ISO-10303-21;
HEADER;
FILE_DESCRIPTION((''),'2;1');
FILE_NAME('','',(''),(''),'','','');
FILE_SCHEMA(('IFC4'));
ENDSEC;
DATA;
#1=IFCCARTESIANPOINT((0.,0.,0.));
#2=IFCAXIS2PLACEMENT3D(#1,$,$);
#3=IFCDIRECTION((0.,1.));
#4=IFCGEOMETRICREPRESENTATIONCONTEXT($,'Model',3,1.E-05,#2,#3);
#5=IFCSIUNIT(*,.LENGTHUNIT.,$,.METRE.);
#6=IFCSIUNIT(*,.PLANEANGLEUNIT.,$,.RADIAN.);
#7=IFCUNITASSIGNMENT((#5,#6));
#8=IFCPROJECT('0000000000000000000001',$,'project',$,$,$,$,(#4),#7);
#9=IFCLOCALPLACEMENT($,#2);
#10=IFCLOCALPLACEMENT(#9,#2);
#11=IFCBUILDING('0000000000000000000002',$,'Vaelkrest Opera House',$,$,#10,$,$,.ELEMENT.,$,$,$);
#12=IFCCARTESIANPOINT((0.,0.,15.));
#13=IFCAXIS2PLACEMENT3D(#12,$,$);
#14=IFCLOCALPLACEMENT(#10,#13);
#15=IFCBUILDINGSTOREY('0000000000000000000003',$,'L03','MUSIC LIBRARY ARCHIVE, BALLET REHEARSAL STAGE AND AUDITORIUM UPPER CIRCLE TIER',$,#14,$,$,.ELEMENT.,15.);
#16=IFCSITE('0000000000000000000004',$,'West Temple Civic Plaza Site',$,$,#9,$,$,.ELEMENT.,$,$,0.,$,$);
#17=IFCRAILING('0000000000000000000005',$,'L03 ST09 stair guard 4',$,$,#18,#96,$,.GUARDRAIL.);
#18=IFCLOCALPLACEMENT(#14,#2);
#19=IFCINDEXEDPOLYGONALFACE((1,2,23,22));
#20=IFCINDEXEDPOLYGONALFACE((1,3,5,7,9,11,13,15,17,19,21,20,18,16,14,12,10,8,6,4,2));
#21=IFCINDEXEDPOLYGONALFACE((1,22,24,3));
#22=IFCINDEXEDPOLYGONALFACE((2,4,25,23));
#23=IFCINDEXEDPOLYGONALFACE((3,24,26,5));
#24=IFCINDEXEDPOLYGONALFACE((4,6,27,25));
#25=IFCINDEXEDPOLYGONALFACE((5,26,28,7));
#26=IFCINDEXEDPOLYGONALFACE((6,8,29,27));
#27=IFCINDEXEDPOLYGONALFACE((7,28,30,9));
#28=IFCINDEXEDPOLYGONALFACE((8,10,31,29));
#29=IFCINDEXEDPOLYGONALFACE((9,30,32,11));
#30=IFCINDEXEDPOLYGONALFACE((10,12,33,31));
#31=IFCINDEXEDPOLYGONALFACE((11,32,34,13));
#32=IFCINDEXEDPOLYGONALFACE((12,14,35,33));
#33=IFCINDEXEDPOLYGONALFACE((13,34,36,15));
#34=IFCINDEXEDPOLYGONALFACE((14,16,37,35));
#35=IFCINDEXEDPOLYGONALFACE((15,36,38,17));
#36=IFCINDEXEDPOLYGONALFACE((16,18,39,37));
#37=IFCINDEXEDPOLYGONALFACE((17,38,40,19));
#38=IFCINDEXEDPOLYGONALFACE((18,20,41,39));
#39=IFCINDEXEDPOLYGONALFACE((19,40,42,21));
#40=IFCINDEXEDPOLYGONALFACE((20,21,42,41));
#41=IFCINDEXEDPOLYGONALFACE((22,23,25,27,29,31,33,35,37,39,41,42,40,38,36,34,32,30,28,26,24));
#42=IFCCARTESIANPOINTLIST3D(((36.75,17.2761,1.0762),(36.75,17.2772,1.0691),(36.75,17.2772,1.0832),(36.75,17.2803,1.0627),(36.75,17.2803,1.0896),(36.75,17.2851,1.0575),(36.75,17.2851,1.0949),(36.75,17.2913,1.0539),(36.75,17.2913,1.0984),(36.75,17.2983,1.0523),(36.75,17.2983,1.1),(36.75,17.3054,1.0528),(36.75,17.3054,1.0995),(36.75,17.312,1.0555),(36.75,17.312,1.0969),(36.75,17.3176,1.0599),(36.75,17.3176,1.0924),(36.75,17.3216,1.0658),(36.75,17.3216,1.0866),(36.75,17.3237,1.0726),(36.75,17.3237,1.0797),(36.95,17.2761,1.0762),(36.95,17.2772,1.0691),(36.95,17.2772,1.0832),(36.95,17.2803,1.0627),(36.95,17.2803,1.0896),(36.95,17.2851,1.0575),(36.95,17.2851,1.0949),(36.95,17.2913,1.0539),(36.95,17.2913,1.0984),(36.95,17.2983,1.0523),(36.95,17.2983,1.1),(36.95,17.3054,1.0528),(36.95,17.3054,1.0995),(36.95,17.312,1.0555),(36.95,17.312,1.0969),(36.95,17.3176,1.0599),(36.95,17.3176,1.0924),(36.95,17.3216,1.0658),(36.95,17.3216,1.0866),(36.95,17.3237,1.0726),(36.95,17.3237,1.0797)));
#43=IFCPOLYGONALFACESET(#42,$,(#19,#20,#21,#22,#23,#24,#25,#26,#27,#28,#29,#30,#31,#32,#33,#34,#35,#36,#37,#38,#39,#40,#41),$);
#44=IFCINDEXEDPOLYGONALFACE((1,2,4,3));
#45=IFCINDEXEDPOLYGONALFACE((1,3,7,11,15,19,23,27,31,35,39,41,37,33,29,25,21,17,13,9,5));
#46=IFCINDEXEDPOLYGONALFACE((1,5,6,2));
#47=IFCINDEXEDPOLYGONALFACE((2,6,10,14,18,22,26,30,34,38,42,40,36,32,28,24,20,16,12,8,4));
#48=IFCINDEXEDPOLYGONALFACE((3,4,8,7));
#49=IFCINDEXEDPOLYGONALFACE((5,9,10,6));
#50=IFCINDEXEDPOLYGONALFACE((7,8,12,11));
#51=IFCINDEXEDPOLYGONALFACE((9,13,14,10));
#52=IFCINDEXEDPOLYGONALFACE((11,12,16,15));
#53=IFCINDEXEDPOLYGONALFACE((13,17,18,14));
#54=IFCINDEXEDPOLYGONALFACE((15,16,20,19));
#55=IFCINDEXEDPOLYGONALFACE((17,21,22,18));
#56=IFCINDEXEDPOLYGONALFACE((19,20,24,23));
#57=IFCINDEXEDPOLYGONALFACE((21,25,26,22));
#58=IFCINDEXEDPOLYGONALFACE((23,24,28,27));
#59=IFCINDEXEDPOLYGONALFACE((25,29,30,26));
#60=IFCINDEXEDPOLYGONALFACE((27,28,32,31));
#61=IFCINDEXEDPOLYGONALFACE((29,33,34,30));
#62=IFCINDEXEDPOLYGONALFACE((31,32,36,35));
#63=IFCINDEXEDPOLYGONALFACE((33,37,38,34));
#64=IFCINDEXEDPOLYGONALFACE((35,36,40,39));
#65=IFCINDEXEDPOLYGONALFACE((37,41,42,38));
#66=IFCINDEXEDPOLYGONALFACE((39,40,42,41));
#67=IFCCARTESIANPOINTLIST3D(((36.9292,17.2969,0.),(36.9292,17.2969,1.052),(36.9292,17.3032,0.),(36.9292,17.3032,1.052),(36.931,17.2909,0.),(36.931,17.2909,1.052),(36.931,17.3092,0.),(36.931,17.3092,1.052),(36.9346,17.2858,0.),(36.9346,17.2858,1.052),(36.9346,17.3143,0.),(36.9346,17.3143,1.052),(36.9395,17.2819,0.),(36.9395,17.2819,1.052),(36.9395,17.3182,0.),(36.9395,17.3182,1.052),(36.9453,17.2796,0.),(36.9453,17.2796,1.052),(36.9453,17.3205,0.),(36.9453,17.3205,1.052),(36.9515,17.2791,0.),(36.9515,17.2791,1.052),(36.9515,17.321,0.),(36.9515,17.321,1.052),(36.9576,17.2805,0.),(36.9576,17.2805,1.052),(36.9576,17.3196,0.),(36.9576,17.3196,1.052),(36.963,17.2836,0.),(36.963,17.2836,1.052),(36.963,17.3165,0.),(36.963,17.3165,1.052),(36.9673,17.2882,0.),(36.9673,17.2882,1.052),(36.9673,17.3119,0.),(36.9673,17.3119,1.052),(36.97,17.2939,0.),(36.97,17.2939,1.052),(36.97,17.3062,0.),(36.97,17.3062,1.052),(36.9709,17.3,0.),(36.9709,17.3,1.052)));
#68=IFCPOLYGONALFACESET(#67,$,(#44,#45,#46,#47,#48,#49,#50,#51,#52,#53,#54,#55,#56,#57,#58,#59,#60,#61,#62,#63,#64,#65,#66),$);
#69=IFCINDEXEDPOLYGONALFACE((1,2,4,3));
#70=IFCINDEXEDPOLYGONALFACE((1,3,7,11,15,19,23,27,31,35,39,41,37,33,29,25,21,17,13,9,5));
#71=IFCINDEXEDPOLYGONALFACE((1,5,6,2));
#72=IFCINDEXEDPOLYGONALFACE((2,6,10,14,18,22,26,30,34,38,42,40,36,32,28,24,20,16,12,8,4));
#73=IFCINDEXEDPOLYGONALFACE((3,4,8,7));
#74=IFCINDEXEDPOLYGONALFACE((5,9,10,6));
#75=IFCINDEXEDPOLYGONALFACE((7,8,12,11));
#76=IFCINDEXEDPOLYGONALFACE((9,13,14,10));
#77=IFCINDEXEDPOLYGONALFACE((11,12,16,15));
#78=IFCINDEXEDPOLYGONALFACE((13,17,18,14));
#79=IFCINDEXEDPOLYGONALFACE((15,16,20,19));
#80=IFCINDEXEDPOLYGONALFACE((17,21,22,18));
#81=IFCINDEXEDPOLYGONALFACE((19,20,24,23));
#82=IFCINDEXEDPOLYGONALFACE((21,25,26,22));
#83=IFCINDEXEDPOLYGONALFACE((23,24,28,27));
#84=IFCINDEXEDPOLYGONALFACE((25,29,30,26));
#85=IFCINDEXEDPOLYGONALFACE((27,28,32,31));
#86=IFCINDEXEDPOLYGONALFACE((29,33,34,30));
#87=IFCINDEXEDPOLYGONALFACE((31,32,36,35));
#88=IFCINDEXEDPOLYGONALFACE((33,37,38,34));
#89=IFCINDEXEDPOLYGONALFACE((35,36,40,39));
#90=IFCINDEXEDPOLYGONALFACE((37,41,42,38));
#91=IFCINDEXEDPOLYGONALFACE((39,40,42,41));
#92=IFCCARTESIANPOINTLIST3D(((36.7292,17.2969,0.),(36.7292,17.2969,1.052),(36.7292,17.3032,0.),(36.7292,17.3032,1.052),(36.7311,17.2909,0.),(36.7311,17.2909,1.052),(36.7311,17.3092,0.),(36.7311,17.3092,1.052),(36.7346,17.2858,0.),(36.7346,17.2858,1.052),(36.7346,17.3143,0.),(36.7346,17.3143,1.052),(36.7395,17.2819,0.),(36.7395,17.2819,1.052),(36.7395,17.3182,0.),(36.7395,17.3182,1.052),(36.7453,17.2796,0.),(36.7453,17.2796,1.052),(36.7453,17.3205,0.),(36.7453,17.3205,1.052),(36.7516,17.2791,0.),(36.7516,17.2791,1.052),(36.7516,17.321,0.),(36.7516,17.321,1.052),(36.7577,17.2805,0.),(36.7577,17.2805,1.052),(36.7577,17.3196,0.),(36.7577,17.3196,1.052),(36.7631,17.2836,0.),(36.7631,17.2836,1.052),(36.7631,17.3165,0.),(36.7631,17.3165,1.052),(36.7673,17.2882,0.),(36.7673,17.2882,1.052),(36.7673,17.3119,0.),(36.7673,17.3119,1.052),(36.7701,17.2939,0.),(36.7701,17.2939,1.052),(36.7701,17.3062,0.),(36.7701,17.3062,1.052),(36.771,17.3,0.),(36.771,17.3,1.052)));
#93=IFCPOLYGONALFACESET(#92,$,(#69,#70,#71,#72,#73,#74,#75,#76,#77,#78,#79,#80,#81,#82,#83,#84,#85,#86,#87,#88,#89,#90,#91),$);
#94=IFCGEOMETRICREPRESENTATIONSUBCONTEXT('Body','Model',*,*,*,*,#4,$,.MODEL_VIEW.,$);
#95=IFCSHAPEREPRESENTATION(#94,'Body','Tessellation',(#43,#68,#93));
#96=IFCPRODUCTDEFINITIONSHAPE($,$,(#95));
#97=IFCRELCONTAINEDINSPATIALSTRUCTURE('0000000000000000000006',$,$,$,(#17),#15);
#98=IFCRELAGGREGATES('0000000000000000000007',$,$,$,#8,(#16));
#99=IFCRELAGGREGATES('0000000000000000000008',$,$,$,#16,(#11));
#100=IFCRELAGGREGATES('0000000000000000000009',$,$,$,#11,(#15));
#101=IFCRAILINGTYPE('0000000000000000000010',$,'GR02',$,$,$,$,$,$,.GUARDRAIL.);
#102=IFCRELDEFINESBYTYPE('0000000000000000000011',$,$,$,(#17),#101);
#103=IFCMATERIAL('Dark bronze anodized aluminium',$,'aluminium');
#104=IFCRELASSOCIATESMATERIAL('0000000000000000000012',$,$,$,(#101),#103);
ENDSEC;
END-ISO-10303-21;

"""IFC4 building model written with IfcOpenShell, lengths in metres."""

from ifc_helpers import new_model, si_unit, direction, frame, origin, origin_2d, place, context, subcontext, project, spatial, circle, extrude, material, type_object, element, save


model = new_model("IFC4")

# Units and contexts
model_context = context("Model", 3, precision=1e-05, world=origin(), true_north=direction((0.0, 1.0)))
body_context = subcontext(model_context, "Body", "Model", "MODEL_VIEW")
ifc_project = project(units=[si_unit("LENGTHUNIT", "METRE"), si_unit("PLANEANGLEUNIT", "RADIAN")], contexts=[model_context])

# Site, building, storey
site_placement = place(None, origin())
site = spatial("IfcSite", under=ifc_project, at=site_placement, Name="West Temple Civic Plaza Site", CompositionType="ELEMENT", RefElevation=0.0)
building_placement = place(site_placement, origin())
building = spatial("IfcBuilding", under=site, at=building_placement, Name="Vaelkrest Opera House", CompositionType="ELEMENT")
storey_placement = place(building_placement, frame((0.0, 0.0, 15.0)))
storey = spatial("IfcBuildingStorey", under=building, at=storey_placement, Name="L03", Description="MUSIC LIBRARY ARCHIVE, BALLET REHEARSAL STAGE AND AUDITORIUM UPPER CIRCLE TIER", CompositionType="ELEMENT", Elevation=15.0)

# Shared definitions
ifc_material_1 = material(Name="Dark bronze anodized aluminium", Category="aluminium")

# Railing
railing_type_1 = type_object("IfcRailingType", Name="GR02", PredefinedType="GUARDRAIL", material=ifc_material_1)
railing_1_placement = place(storey_placement, frame((36.95, 17.3, 0.0)))
element("IfcRailing", 1, at=railing_1_placement, inside=storey, type_object=railing_type_1, Name="L03 ST09 stair guard 4", PredefinedType="GUARDRAIL", context=body_context, shape_type="SweptSolid", body=[
    extrude(circle(Radius=0.0239, at=origin_2d()), frame((0.0, 0.0, 1.0762), z_axis=(-1.0, 0.0, 0.0), x_axis=(0.0, -1.0, 0.0)), (0.0, 0.0, 1.0), 0.2),
    extrude(circle(Radius=0.021, at=origin_2d()), origin(), (0.0, 0.0, 1.0), 1.052),
    extrude(circle(Radius=0.021, at=origin_2d()), frame((-0.2, 0.0, 0.0)), (0.0, 0.0, 1.0), 1.052),
])

save(model, "model.ifc")
